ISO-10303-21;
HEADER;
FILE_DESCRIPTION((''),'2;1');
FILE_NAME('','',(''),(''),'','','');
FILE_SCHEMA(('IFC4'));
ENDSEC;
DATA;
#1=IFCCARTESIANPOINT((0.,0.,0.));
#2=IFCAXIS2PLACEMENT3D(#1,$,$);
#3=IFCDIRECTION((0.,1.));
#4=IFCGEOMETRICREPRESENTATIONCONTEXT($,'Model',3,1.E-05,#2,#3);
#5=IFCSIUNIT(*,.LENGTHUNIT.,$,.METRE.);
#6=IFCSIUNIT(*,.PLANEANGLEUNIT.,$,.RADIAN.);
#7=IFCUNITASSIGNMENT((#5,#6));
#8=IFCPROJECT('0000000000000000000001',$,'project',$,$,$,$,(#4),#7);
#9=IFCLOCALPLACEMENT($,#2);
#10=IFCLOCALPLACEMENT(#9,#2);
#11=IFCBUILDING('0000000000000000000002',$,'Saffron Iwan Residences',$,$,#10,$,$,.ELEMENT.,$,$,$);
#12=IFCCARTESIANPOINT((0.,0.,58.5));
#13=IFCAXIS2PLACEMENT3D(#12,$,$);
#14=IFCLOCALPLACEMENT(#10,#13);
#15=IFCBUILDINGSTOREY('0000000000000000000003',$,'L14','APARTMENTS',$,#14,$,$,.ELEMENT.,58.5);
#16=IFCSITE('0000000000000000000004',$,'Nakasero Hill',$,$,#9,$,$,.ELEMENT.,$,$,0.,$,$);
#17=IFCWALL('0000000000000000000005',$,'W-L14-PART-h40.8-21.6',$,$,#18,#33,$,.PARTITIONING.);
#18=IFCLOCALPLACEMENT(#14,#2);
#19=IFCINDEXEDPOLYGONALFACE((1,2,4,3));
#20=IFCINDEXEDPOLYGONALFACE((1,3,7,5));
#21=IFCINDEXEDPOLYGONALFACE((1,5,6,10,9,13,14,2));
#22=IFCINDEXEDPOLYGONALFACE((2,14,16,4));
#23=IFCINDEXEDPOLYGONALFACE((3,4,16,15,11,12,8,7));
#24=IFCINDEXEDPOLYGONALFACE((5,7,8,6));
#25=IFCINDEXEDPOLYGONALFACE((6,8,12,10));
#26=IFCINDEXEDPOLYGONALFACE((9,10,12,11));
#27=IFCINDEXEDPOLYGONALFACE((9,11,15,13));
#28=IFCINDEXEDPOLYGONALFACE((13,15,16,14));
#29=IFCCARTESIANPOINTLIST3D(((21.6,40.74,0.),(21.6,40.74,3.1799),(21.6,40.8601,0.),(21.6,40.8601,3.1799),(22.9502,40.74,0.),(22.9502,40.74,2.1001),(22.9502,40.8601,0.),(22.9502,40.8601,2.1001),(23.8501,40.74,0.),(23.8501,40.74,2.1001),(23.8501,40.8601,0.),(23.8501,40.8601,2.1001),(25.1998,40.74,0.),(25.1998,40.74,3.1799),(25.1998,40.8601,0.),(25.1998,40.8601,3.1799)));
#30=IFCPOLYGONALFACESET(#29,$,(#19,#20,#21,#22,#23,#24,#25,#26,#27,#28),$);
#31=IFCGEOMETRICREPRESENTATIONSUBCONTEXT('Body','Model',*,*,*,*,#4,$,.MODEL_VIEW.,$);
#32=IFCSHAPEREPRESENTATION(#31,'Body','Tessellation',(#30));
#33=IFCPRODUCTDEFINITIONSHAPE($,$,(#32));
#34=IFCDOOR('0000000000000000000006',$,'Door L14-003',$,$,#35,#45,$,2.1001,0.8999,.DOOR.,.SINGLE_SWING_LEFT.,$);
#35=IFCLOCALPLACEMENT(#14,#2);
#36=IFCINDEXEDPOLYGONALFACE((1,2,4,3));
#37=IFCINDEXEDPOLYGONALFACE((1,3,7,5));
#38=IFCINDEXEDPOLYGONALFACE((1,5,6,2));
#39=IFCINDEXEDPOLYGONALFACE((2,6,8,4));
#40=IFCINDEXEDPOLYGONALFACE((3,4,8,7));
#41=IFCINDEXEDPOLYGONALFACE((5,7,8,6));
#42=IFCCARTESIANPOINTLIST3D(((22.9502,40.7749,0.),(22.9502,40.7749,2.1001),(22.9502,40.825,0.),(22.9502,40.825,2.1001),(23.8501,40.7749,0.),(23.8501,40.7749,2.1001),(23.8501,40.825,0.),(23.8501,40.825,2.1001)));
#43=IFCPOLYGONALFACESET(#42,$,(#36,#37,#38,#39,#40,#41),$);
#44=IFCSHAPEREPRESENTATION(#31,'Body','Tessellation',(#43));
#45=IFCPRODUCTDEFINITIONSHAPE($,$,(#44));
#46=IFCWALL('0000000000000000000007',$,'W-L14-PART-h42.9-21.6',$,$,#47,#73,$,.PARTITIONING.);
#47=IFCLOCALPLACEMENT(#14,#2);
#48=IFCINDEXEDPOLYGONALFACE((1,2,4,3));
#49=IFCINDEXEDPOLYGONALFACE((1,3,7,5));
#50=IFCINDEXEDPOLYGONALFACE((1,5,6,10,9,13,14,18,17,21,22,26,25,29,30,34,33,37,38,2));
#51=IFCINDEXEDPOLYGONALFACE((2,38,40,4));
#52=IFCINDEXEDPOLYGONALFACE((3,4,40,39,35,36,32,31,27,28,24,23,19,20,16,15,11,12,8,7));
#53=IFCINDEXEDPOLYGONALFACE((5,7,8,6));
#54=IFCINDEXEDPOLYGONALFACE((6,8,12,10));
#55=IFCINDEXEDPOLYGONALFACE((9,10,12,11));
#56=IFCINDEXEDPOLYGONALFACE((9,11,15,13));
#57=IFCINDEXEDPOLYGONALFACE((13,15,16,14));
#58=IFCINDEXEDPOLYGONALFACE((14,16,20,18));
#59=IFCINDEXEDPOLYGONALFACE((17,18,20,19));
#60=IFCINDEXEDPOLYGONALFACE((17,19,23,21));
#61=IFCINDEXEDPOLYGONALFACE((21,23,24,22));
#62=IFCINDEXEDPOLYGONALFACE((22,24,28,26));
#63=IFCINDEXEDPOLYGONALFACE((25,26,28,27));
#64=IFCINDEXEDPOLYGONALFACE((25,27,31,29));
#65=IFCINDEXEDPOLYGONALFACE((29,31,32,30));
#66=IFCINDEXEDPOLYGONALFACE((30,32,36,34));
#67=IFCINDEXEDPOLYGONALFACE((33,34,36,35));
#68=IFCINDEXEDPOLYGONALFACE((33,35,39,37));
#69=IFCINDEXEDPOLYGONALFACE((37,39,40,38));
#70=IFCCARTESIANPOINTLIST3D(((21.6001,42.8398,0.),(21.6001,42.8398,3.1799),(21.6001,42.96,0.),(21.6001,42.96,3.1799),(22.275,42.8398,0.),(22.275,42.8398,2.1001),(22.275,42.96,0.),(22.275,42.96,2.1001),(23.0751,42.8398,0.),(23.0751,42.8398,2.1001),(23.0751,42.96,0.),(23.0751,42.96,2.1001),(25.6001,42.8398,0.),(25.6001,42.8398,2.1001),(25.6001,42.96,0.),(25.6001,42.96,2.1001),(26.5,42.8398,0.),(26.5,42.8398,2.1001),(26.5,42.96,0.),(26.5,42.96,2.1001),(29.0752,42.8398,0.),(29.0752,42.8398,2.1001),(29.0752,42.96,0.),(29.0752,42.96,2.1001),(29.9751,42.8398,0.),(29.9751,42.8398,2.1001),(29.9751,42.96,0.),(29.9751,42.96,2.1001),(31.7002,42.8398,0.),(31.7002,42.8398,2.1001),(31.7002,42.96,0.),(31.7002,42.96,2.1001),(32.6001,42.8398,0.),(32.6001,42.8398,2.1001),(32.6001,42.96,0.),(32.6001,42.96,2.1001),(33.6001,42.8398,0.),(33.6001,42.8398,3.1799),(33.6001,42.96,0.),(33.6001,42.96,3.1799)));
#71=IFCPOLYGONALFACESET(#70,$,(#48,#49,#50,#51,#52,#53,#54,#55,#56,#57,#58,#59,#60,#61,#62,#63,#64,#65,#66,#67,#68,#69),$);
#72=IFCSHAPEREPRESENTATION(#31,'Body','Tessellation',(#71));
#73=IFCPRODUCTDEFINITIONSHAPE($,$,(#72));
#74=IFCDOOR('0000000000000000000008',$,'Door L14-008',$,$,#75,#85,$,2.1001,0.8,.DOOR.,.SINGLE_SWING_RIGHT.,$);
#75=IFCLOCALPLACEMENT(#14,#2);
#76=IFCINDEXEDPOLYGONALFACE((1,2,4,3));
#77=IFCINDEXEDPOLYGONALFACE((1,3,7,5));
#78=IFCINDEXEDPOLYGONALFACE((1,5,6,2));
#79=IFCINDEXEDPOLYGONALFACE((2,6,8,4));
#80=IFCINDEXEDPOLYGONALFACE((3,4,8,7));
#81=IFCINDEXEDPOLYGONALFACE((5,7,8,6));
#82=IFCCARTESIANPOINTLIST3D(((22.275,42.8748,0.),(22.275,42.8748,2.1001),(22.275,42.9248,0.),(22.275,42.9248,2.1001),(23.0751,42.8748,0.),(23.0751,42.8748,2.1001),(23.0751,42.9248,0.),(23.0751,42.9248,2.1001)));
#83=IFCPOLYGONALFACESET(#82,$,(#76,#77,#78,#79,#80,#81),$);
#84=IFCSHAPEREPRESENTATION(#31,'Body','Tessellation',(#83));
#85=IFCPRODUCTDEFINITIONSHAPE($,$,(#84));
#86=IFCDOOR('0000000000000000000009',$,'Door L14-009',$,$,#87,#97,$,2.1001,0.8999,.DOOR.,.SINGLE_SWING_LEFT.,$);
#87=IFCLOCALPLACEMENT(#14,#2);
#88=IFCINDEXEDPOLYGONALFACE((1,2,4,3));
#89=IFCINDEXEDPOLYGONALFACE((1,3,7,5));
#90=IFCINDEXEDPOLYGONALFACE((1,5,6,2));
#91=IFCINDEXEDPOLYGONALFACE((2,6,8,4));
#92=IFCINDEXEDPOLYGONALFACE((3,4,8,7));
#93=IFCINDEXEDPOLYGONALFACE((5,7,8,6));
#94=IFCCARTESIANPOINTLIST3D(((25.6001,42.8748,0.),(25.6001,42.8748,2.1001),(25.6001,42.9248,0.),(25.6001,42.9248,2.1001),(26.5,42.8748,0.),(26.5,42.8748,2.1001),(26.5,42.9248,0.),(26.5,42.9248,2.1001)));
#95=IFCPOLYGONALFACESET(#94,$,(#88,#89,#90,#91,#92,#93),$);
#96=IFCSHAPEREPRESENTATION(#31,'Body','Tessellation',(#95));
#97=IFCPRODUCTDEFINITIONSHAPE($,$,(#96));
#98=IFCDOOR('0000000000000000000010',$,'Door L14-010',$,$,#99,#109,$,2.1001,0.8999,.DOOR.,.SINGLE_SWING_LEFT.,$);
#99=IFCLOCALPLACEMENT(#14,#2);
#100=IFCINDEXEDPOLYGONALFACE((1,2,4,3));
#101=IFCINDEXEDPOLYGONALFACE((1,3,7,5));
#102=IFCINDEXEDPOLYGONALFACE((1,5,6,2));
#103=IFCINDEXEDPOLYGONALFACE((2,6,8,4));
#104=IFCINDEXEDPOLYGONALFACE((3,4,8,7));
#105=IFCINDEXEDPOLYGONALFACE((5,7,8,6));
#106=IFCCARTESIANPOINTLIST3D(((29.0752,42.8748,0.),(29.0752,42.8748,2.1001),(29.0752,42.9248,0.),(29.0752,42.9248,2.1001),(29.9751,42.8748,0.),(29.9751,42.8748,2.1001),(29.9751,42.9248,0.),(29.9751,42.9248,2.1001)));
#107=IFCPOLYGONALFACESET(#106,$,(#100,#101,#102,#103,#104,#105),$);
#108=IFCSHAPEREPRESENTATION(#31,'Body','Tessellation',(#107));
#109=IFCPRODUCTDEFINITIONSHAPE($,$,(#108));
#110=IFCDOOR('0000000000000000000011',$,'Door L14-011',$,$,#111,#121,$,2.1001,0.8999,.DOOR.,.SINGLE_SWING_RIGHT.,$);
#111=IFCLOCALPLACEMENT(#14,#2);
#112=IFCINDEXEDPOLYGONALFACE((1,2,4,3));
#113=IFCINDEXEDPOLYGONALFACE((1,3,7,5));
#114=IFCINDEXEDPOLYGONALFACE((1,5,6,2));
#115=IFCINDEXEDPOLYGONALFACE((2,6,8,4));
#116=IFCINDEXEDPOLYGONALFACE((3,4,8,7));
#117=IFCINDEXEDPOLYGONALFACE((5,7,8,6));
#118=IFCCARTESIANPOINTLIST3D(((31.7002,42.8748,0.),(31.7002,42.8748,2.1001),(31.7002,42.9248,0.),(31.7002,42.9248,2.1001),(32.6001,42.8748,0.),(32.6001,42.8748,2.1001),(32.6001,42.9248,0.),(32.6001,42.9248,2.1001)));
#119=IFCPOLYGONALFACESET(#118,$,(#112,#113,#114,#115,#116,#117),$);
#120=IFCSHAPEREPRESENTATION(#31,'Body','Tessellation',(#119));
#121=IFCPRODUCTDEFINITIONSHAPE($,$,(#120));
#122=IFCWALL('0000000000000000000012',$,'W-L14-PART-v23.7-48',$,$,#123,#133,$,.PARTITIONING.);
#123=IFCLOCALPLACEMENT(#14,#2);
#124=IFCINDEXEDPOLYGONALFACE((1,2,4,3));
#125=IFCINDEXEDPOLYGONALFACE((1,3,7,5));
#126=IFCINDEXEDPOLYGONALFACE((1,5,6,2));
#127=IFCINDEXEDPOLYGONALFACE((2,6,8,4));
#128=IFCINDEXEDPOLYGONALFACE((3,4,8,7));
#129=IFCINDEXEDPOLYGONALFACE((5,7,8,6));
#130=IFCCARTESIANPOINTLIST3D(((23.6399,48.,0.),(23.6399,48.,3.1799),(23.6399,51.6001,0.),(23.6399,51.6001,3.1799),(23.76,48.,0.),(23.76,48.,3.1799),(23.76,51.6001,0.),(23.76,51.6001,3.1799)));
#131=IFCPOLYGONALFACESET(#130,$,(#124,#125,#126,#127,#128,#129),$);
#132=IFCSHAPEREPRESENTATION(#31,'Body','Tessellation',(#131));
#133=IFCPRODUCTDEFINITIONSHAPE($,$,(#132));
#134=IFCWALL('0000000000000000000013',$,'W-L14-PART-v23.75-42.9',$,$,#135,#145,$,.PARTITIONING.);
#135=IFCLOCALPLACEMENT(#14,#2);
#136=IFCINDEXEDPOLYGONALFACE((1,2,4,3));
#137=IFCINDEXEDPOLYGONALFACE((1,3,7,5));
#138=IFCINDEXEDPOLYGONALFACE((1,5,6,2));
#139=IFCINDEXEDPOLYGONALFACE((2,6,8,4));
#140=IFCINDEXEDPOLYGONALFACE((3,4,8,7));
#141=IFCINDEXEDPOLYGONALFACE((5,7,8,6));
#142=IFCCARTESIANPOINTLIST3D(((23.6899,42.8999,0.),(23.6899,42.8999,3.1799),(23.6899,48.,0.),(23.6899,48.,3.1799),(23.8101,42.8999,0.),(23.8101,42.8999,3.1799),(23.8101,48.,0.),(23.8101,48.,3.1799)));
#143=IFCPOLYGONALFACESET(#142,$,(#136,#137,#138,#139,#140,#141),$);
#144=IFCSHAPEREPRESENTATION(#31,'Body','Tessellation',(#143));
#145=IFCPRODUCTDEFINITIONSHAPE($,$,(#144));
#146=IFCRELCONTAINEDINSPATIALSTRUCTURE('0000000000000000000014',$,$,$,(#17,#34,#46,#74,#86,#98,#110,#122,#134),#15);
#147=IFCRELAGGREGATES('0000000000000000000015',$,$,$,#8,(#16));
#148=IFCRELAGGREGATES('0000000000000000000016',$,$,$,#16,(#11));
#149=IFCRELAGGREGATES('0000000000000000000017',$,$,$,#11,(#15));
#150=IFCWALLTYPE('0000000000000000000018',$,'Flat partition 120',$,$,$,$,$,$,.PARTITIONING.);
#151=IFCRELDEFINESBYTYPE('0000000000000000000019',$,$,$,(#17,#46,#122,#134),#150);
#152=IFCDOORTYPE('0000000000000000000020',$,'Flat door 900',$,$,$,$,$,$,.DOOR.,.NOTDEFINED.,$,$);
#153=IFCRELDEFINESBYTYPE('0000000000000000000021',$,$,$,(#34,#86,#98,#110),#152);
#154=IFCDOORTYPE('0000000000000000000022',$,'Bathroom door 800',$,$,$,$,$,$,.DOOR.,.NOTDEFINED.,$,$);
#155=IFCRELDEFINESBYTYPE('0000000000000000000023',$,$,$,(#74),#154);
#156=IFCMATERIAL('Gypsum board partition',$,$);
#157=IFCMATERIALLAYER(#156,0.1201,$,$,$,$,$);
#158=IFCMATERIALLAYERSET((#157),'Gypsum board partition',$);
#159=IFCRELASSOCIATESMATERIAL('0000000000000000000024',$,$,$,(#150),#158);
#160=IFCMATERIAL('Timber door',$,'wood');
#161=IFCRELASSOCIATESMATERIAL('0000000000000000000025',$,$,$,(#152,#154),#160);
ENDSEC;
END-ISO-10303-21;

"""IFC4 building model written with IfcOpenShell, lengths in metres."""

from ifc_helpers import new_model, si_unit, direction, frame, frame_2d, origin, place, context, subcontext, project, spatial, rectangle, extrude, material, layer, layer_set, type_object, element, fill, save


model = new_model("IFC4")

# Units and contexts
model_context = context("Model", 3, precision=1e-05, world=origin(), true_north=direction((0.0, 1.0)))
body_context = subcontext(model_context, "Body", "Model", "MODEL_VIEW")
ifc_project = project(units=[si_unit("LENGTHUNIT", "METRE"), si_unit("PLANEANGLEUNIT", "RADIAN")], contexts=[model_context])

# Site, building, storey
site_placement = place(None, origin())
site = spatial("IfcSite", under=ifc_project, at=site_placement, Name="Nakasero Hill", CompositionType="ELEMENT", RefElevation=0.0)
building_placement = place(site_placement, origin())
building = spatial("IfcBuilding", under=site, at=building_placement, Name="Saffron Iwan Residences", CompositionType="ELEMENT")
storey_placement = place(building_placement, frame((0.0, 0.0, 58.5)))
storey = spatial("IfcBuildingStorey", under=building, at=storey_placement, Name="L14", Description="APARTMENTS", CompositionType="ELEMENT", Elevation=58.5)

# Shared definitions
ifc_material_1 = material(Name="Gypsum board partition")
ifc_layer_1 = layer(ifc_material_1, 0.1201)
ifc_layer_set_1 = layer_set([ifc_layer_1], Name="Gypsum board partition")
wall_type_1 = type_object("IfcWallType", Name="Flat partition 120", PredefinedType="PARTITIONING", material=ifc_layer_set_1)

# Wall, opening, door
wall_1_placement = place(storey_placement, frame((21.6001, 40.8, 0.0), z_axis=(0.0, 0.0, 1.0), x_axis=(1.0, 0.0, 0.0)))
wall_1 = element("IfcWall", 1, at=wall_1_placement, inside=storey, type_object=wall_type_1, Name="W-L14-PART-h40.8-21.6", PredefinedType="PARTITIONING", context=body_context, shape_type="SweptSolid", body=[
    extrude(rectangle(XDim=3.5999, YDim=0.1201, at=frame_2d((1.7998, 0.0))), origin(), (0.0, 0.0, 1.0), 3.1799),
])
opening_1_placement = place(wall_1_placement, frame((1.3501, 0.0, 0.0)))
opening_1 = element("IfcOpeningElement", 2, at=opening_1_placement, cuts=wall_1, PredefinedType="OPENING", context=body_context, shape_type="SweptSolid", body=[
    extrude(rectangle(XDim=0.8999, YDim=2.1001, at=frame_2d((0.45, 1.05))), frame((0.0, 0.0701, 0.0), z_axis=(0.0, -1.0, 0.0), x_axis=(1.0, 0.0, 0.0)), (0.0, 0.0, 1.0), 0.1401),
])
ifc_material_2 = material(Name="Timber door", Category="wood")
door_type_1 = type_object("IfcDoorType", Name="Flat door 900", OperationType="NOTDEFINED", PredefinedType="DOOR", material=ifc_material_2)
door_1_placement = place(opening_1_placement, origin())
door_1 = element("IfcDoor", 3, at=door_1_placement, inside=storey, type_object=door_type_1, Name="Door L14-003", OperationType="SINGLE_SWING_LEFT", OverallHeight=2.1001, OverallWidth=0.8999, PredefinedType="DOOR", context=body_context, shape_type="SweptSolid", body=[
    extrude(rectangle(XDim=0.8999, YDim=2.1001, at=frame_2d((0.45, 1.05))), frame((0.0, 0.0249, 0.0), z_axis=(0.0, -1.0, 0.0), x_axis=(1.0, 0.0, 0.0)), (0.0, 0.0, 1.0), 0.05),
])
fill(opening_1, door_1)

# Wall, openings, doors
wall_2_placement = place(storey_placement, frame((21.6001, 42.8999, 0.0), z_axis=(0.0, 0.0, 1.0), x_axis=(1.0, 0.0, 0.0)))
wall_2 = element("IfcWall", 4, at=wall_2_placement, inside=storey, type_object=wall_type_1, Name="W-L14-PART-h42.9-21.6", PredefinedType="PARTITIONING", context=body_context, shape_type="SweptSolid", body=[
    extrude(rectangle(XDim=12.0, YDim=0.1201, at=frame_2d((6.0, 0.0))), origin(), (0.0, 0.0, 1.0), 3.1799),
])
opening_2_placement = place(wall_2_placement, frame((0.675, 0.0, 0.0)))
opening_2 = element("IfcOpeningElement", 5, at=opening_2_placement, cuts=wall_2, PredefinedType="OPENING", context=body_context, shape_type="SweptSolid", body=[
    extrude(rectangle(XDim=0.8, YDim=2.1001, at=frame_2d((0.3999, 1.05))), frame((0.0, 0.0701, 0.0), z_axis=(0.0, -1.0, 0.0), x_axis=(1.0, 0.0, 0.0)), (0.0, 0.0, 1.0), 0.1401),
])
opening_3_placement = place(wall_2_placement, frame((4.0, 0.0, 0.0)))
opening_3 = element("IfcOpeningElement", 6, at=opening_3_placement, cuts=wall_2, PredefinedType="OPENING", context=body_context, shape_type="SweptSolid", body=[
    extrude(rectangle(XDim=0.8999, YDim=2.1001, at=frame_2d((0.45, 1.05))), frame((0.0, 0.0701, 0.0), z_axis=(0.0, -1.0, 0.0), x_axis=(1.0, 0.0, 0.0)), (0.0, 0.0, 1.0), 0.1401),
])
opening_4_placement = place(wall_2_placement, frame((7.4751, 0.0, 0.0)))
opening_4 = element("IfcOpeningElement", 7, at=opening_4_placement, cuts=wall_2, PredefinedType="OPENING", context=body_context, shape_type="SweptSolid", body=[
    extrude(rectangle(XDim=0.8999, YDim=2.1001, at=frame_2d((0.45, 1.05))), frame((0.0, 0.0701, 0.0), z_axis=(0.0, -1.0, 0.0), x_axis=(1.0, 0.0, 0.0)), (0.0, 0.0, 1.0), 0.1401),
])
opening_5_placement = place(wall_2_placement, frame((10.1001, 0.0, 0.0)))
opening_5 = element("IfcOpeningElement", 8, at=opening_5_placement, cuts=wall_2, PredefinedType="OPENING", context=body_context, shape_type="SweptSolid", body=[
    extrude(rectangle(XDim=0.8999, YDim=2.1001, at=frame_2d((0.45, 1.05))), frame((0.0, 0.0701, 0.0), z_axis=(0.0, -1.0, 0.0), x_axis=(1.0, 0.0, 0.0)), (0.0, 0.0, 1.0), 0.1401),
])
door_type_2 = type_object("IfcDoorType", Name="Bathroom door 800", OperationType="NOTDEFINED", PredefinedType="DOOR", material=ifc_material_2)
door_2_placement = place(opening_2_placement, origin())
door_2 = element("IfcDoor", 9, at=door_2_placement, inside=storey, type_object=door_type_2, Name="Door L14-008", OperationType="SINGLE_SWING_RIGHT", OverallHeight=2.1001, OverallWidth=0.8, PredefinedType="DOOR", context=body_context, shape_type="SweptSolid", body=[
    extrude(rectangle(XDim=0.8, YDim=2.1001, at=frame_2d((0.3999, 1.05))), frame((0.0, 0.0249, 0.0), z_axis=(0.0, -1.0, 0.0), x_axis=(1.0, 0.0, 0.0)), (0.0, 0.0, 1.0), 0.05),
])
fill(opening_2, door_2)
door_3_placement = place(opening_3_placement, origin())
door_3 = element("IfcDoor", 10, at=door_3_placement, inside=storey, type_object=door_type_1, Name="Door L14-009", OperationType="SINGLE_SWING_LEFT", OverallHeight=2.1001, OverallWidth=0.8999, PredefinedType="DOOR", context=body_context, shape_type="SweptSolid", body=[
    extrude(rectangle(XDim=0.8999, YDim=2.1001, at=frame_2d((0.45, 1.05))), frame((0.0, 0.0249, 0.0), z_axis=(0.0, -1.0, 0.0), x_axis=(1.0, 0.0, 0.0)), (0.0, 0.0, 1.0), 0.05),
])
fill(opening_3, door_3)
door_4_placement = place(opening_4_placement, origin())
door_4 = element("IfcDoor", 11, at=door_4_placement, inside=storey, type_object=door_type_1, Name="Door L14-010", OperationType="SINGLE_SWING_LEFT", OverallHeight=2.1001, OverallWidth=0.8999, PredefinedType="DOOR", context=body_context, shape_type="SweptSolid", body=[
    extrude(rectangle(XDim=0.8999, YDim=2.1001, at=frame_2d((0.45, 1.05))), frame((0.0, 0.0249, 0.0), z_axis=(0.0, -1.0, 0.0), x_axis=(1.0, 0.0, 0.0)), (0.0, 0.0, 1.0), 0.05),
])
fill(opening_4, door_4)
door_5_placement = place(opening_5_placement, origin())
door_5 = element("IfcDoor", 12, at=door_5_placement, inside=storey, type_object=door_type_1, Name="Door L14-011", OperationType="SINGLE_SWING_RIGHT", OverallHeight=2.1001, OverallWidth=0.8999, PredefinedType="DOOR", context=body_context, shape_type="SweptSolid", body=[
    extrude(rectangle(XDim=0.8999, YDim=2.1001, at=frame_2d((0.45, 1.05))), frame((0.0, 0.0249, 0.0), z_axis=(0.0, -1.0, 0.0), x_axis=(1.0, 0.0, 0.0)), (0.0, 0.0, 1.0), 0.05),
])
fill(opening_5, door_5)

# Walls
wall_3_placement = place(storey_placement, frame((23.7, 48.0, 0.0), z_axis=(0.0, 0.0, 1.0), x_axis=(0.0, 1.0, 0.0)))
element("IfcWall", 13, at=wall_3_placement, inside=storey, type_object=wall_type_1, Name="W-L14-PART-v23.7-48", PredefinedType="PARTITIONING", context=body_context, shape_type="SweptSolid", body=[
    extrude(rectangle(XDim=3.6001, YDim=0.1201, at=frame_2d((1.8, 0.0))), origin(), (0.0, 0.0, 1.0), 3.1799),
])
wall_4_placement = place(storey_placement, frame((23.75, 42.8999, 0.0), z_axis=(0.0, 0.0, 1.0), x_axis=(0.0, 1.0, 0.0)))
element("IfcWall", 14, at=wall_4_placement, inside=storey, type_object=wall_type_1, Name="W-L14-PART-v23.75-42.9", PredefinedType="PARTITIONING", context=body_context, shape_type="SweptSolid", body=[
    extrude(rectangle(XDim=5.1001, YDim=0.1201, at=frame_2d((2.55, 0.0))), origin(), (0.0, 0.0, 1.0), 3.1799),
])

save(model, "model.ifc")
